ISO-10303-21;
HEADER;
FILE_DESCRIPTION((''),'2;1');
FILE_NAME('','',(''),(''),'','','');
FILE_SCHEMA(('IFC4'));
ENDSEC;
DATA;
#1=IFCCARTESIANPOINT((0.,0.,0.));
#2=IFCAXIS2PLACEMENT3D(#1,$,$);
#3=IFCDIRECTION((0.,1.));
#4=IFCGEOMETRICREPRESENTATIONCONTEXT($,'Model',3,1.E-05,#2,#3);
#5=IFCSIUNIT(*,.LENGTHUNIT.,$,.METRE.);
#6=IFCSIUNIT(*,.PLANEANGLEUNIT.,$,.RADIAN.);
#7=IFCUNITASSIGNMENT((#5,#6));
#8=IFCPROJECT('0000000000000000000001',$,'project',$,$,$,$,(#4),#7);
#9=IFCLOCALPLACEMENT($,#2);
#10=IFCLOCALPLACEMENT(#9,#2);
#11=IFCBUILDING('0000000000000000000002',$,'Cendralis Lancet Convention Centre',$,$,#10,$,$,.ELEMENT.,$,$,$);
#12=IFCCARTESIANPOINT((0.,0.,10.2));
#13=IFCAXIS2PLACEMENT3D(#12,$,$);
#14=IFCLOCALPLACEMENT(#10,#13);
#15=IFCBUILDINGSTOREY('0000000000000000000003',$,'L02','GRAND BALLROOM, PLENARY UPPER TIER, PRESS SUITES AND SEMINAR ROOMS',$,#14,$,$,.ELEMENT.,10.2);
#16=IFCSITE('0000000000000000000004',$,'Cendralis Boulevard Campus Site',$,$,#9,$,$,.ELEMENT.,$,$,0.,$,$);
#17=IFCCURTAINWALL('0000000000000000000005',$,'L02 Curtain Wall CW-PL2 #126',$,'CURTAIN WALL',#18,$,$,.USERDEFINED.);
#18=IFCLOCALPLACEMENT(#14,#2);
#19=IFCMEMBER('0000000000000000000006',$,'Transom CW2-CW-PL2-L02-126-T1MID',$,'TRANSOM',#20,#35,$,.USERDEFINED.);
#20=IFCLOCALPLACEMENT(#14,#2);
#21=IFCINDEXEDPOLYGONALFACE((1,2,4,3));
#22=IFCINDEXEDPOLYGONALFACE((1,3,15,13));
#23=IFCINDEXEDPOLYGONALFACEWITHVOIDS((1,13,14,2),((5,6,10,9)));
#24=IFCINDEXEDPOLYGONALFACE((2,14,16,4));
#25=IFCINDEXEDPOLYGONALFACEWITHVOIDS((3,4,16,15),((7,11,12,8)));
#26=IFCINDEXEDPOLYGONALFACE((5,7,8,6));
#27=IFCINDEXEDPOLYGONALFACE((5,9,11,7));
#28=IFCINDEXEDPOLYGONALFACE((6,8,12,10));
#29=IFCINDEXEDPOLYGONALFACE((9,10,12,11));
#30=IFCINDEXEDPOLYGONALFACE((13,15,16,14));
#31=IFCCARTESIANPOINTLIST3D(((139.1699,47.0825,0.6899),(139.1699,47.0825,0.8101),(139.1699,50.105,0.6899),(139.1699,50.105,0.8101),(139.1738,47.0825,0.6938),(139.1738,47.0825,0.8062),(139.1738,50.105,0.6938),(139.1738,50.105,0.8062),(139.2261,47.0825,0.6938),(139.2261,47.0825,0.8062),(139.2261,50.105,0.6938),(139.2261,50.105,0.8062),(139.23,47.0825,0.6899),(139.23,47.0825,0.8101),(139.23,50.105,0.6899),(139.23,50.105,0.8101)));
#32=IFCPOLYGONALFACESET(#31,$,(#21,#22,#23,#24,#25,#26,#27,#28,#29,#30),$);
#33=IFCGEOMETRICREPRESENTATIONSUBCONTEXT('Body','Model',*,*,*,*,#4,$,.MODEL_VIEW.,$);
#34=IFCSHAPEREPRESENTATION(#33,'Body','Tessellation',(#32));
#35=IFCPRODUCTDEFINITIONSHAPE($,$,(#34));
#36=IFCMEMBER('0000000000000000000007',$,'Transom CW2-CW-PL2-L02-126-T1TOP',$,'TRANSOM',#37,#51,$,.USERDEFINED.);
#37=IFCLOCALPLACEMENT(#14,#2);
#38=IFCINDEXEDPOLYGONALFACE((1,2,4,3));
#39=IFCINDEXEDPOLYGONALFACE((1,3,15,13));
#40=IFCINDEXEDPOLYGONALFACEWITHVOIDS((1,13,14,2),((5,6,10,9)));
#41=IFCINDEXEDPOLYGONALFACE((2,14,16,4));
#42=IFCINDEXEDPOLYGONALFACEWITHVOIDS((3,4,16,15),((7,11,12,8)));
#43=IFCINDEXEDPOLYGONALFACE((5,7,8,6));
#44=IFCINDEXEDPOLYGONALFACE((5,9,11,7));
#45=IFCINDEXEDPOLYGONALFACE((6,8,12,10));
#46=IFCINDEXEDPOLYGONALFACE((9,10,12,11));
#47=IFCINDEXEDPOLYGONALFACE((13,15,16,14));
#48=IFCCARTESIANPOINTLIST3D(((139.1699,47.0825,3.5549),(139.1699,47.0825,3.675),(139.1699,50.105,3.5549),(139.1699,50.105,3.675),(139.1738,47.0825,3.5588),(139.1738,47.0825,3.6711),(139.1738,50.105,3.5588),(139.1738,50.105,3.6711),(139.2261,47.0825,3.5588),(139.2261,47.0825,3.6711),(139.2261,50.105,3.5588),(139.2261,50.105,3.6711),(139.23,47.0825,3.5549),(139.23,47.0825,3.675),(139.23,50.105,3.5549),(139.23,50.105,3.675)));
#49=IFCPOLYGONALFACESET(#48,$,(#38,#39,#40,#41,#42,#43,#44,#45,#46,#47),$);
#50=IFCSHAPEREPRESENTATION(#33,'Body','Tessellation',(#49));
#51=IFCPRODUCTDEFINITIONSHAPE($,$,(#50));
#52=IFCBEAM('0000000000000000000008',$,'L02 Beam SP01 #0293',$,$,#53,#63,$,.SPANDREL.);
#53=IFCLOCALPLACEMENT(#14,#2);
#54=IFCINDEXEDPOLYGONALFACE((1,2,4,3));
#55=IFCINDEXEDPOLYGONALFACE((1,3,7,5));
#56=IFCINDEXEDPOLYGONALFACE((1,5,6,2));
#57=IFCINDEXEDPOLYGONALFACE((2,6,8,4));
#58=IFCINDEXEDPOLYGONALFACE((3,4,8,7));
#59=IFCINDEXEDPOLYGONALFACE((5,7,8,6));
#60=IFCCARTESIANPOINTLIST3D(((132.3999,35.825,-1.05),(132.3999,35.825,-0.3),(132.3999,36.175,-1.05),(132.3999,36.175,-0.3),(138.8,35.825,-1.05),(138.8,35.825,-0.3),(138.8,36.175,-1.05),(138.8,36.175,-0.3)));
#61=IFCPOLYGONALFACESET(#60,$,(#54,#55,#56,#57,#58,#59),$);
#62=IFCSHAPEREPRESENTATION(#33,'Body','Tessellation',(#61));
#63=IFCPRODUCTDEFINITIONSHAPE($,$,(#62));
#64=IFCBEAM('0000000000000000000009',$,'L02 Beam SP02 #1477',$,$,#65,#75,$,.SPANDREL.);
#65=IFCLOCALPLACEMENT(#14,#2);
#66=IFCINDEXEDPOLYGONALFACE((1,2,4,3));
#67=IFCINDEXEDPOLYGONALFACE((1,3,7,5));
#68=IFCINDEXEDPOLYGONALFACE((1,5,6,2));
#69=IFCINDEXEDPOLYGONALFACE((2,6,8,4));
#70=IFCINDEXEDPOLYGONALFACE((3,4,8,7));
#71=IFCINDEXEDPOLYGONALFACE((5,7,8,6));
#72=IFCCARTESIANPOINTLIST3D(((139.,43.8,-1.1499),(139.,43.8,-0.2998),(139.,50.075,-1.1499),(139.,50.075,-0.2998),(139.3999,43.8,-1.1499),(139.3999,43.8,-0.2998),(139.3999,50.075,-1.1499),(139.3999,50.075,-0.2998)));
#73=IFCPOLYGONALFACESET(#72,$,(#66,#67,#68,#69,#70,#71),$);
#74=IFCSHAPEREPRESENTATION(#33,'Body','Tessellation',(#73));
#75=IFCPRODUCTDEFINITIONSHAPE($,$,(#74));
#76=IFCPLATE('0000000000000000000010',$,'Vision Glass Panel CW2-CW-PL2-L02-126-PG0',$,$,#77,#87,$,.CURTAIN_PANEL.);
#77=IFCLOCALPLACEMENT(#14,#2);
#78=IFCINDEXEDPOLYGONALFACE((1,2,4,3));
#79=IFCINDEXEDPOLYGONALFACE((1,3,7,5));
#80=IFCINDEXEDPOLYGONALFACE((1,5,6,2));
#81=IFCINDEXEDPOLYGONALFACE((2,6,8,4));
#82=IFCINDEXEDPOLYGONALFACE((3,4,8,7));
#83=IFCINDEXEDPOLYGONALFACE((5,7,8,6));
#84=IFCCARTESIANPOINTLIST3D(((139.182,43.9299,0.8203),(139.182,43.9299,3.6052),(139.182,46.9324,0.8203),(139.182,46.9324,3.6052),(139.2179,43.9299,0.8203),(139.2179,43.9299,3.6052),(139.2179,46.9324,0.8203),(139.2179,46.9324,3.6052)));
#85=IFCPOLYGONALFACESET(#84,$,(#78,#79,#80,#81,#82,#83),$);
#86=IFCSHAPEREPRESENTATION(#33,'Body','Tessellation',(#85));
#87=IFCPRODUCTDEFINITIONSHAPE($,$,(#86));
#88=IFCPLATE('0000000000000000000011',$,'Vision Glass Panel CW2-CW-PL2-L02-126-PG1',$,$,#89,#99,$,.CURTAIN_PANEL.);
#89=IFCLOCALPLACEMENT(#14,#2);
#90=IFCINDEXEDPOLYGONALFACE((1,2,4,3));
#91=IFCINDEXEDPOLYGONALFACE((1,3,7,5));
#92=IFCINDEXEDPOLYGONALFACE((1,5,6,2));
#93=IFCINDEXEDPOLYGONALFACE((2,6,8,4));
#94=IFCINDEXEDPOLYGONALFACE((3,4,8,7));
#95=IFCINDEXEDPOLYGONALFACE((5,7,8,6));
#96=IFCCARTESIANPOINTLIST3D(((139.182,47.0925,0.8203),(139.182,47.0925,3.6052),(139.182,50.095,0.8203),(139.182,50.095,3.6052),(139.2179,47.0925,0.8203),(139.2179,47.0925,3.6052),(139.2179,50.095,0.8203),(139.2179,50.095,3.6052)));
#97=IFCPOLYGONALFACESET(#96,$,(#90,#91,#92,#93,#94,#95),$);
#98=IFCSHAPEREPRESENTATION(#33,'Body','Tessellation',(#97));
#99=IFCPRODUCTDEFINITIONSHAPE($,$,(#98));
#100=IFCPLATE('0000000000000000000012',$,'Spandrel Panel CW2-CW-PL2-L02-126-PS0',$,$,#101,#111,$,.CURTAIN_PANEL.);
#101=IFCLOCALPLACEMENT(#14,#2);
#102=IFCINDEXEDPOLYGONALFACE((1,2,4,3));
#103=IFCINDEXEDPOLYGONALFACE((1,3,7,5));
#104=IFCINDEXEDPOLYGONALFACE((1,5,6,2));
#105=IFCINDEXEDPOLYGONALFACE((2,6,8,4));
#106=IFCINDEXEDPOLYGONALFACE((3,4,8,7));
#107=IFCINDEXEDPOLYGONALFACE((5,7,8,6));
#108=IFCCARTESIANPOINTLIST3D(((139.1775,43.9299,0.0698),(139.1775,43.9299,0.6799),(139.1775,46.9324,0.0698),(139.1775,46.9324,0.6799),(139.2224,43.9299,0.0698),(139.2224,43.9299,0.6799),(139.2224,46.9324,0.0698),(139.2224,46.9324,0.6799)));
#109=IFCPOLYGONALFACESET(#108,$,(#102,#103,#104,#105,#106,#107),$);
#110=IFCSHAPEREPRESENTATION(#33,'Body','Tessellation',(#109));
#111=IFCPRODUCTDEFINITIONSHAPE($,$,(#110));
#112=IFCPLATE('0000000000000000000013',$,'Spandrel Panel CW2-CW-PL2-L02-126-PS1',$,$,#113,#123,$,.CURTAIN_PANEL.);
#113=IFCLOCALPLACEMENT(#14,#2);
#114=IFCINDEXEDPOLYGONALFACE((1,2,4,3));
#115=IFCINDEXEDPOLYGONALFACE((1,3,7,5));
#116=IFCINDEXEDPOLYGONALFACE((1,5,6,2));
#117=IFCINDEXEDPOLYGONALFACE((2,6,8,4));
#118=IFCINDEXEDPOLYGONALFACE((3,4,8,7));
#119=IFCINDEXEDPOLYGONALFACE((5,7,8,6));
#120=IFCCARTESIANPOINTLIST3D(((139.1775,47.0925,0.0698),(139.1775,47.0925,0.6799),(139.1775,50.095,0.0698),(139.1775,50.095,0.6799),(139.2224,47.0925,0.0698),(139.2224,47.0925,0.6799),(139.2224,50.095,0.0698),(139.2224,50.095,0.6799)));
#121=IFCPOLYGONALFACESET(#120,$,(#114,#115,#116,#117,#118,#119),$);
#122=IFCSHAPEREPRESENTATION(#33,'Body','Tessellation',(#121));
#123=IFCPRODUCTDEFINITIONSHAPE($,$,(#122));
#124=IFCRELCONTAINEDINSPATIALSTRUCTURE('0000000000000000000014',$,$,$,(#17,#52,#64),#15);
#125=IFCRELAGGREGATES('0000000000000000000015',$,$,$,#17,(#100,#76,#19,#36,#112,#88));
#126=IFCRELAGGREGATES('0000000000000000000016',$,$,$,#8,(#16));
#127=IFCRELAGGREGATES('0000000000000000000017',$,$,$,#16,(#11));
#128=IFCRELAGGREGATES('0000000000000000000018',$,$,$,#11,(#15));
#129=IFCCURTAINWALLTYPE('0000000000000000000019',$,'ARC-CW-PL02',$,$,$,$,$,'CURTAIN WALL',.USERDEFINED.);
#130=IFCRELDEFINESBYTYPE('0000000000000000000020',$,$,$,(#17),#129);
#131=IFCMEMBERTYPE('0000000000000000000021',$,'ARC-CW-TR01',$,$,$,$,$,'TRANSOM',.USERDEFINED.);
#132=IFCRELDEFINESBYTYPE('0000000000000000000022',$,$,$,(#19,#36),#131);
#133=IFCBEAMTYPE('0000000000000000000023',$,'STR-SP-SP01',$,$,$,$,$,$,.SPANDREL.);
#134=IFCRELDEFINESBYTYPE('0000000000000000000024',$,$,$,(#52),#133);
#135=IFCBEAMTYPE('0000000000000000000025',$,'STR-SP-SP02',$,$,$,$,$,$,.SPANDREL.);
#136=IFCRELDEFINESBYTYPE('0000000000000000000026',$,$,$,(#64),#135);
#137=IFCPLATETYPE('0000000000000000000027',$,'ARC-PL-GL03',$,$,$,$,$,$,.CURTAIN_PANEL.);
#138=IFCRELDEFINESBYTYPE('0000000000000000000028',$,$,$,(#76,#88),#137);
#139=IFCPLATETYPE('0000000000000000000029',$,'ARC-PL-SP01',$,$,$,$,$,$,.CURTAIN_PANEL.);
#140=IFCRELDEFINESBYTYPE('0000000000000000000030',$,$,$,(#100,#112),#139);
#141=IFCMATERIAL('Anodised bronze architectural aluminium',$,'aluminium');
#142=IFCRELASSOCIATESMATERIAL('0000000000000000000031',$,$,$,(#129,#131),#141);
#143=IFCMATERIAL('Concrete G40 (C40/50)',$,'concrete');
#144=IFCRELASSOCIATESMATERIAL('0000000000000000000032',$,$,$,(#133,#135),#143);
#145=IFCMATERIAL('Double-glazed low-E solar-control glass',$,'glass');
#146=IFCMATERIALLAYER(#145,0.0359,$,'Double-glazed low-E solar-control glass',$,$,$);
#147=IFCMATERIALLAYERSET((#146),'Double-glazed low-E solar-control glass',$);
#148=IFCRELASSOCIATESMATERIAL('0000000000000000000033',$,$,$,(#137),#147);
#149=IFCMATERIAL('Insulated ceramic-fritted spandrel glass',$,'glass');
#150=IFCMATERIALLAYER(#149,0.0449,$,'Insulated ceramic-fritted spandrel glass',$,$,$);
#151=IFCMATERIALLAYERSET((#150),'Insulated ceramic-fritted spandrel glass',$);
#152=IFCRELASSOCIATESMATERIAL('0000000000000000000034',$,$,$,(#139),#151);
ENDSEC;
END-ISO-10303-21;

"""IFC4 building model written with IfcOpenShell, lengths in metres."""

from ifc_helpers import new_model, si_unit, direction, frame, origin, origin_2d, place, context, subcontext, project, spatial, rectangle, hollow_rectangle, extrude, material, layer, layer_set, material_profile, profile_set, type_object, element, aggregate, save


model = new_model("IFC4")

# Units and contexts
model_context = context("Model", 3, precision=1e-05, world=origin(), true_north=direction((0.0, 1.0)))
body_context = subcontext(model_context, "Body", "Model", "MODEL_VIEW")
ifc_project = project(units=[si_unit("LENGTHUNIT", "METRE"), si_unit("PLANEANGLEUNIT", "RADIAN")], contexts=[model_context])

# Site, building, storey
site_placement = place(None, origin())
site = spatial("IfcSite", under=ifc_project, at=site_placement, Name="Cendralis Boulevard Campus Site", CompositionType="ELEMENT", RefElevation=0.0)
building_placement = place(site_placement, origin())
building = spatial("IfcBuilding", under=site, at=building_placement, Name="Cendralis Lancet Convention Centre", CompositionType="ELEMENT")
storey_placement = place(building_placement, frame((0.0, 0.0, 10.2)))
storey = spatial("IfcBuildingStorey", under=building, at=storey_placement, Name="L02", Description="GRAND BALLROOM, PLENARY UPPER TIER, PRESS SUITES AND SEMINAR ROOMS", CompositionType="ELEMENT", Elevation=10.2)

# Shared definitions
ifc_material_1 = material(Name="Concrete G40 (C40/50)", Category="concrete")

# Curtain wall, members
ifc_material_2 = material(Name="Anodised bronze architectural aluminium", Category="aluminium")
curtain_wall_type = type_object("IfcCurtainWallType", Name="ARC-CW-PL02", ElementType="CURTAIN WALL", PredefinedType="USERDEFINED", material=ifc_material_2)
curtain_wall_placement = place(storey_placement, origin())
curtain_wall = element("IfcCurtainWall", 1, at=curtain_wall_placement, inside=storey, type_object=curtain_wall_type, Name="L02 Curtain Wall CW-PL2 #126", ObjectType="CURTAIN WALL", PredefinedType="USERDEFINED")
ifc_material_profile_1 = material_profile(ifc_material_2, hollow_rectangle(XDim=0.0601, YDim=0.1201, WallThickness=0.0039, at=origin_2d()), Name="AL-TRAN 60x120x4.0")
ifc_profile_set_1 = profile_set([ifc_material_profile_1], Name="Anodised bronze architectural aluminium")
member_type_1 = type_object("IfcMemberType", Name="ARC-CW-TR01", ElementType="TRANSOM", PredefinedType="USERDEFINED", material=ifc_profile_set_1)
member_1_placement = place(storey_placement, frame((139.2, 47.0825, 0.75), z_axis=(0.0, 1.0, 0.0), x_axis=(-1.0, 0.0, 0.0)))
member_1 = element("IfcMember", 2, at=member_1_placement, type_object=member_type_1, Name="Transom CW2-CW-PL2-L02-126-T1MID", ObjectType="TRANSOM", PredefinedType="USERDEFINED", context=body_context, shape_type="SweptSolid", body=[
    extrude(hollow_rectangle(XDim=0.0601, YDim=0.1201, WallThickness=0.0039, at=origin_2d()), origin(), (0.0, 0.0, 1.0), 3.0225),
])
member_2_placement = place(storey_placement, frame((139.2, 47.0825, 3.615), z_axis=(0.0, 1.0, 0.0), x_axis=(-1.0, 0.0, 0.0)))
member_2 = element("IfcMember", 3, at=member_2_placement, type_object=member_type_1, Name="Transom CW2-CW-PL2-L02-126-T1TOP", ObjectType="TRANSOM", PredefinedType="USERDEFINED", context=body_context, shape_type="SweptSolid", body=[
    extrude(hollow_rectangle(XDim=0.0601, YDim=0.1201, WallThickness=0.0039, at=origin_2d()), origin(), (0.0, 0.0, 1.0), 3.0225),
])

# Beams
ifc_material_profile_2 = material_profile(ifc_material_1, rectangle(XDim=0.3501, YDim=0.75, at=origin_2d()), Name="RCB 350x750")
ifc_profile_set_2 = profile_set([ifc_material_profile_2], Name="Concrete G40 (C40/50)")
beam_type_1 = type_object("IfcBeamType", Name="STR-SP-SP01", PredefinedType="SPANDREL", material=ifc_profile_set_2)
beam_1_placement = place(storey_placement, frame((132.3999, 36.0, -0.675), z_axis=(1.0, 0.0, 0.0), x_axis=(0.0, 1.0, 0.0)))
element("IfcBeam", 4, at=beam_1_placement, inside=storey, type_object=beam_type_1, Name="L02 Beam SP01 #0293", PredefinedType="SPANDREL", context=body_context, shape_type="SweptSolid", body=[
    extrude(rectangle(XDim=0.3501, YDim=0.75, at=origin_2d()), origin(), (0.0, 0.0, 1.0), 6.4001),
])
ifc_material_profile_3 = material_profile(ifc_material_1, rectangle(XDim=0.3999, YDim=0.8501, at=origin_2d()), Name="RCB 400x850")
ifc_profile_set_3 = profile_set([ifc_material_profile_3], Name="Concrete G40 (C40/50)")
beam_type_2 = type_object("IfcBeamType", Name="STR-SP-SP02", PredefinedType="SPANDREL", material=ifc_profile_set_3)
beam_2_placement = place(storey_placement, frame((139.2, 43.8, -0.7249), z_axis=(0.0, 1.0, 0.0), x_axis=(-1.0, 0.0, 0.0)))
element("IfcBeam", 5, at=beam_2_placement, inside=storey, type_object=beam_type_2, Name="L02 Beam SP02 #1477", PredefinedType="SPANDREL", context=body_context, shape_type="SweptSolid", body=[
    extrude(rectangle(XDim=0.3999, YDim=0.8501, at=origin_2d()), origin(), (0.0, 0.0, 1.0), 6.2749),
])

# Plates
ifc_material_3 = material(Name="Double-glazed low-E solar-control glass", Category="glass")
ifc_layer_1 = layer(ifc_material_3, 0.0359, Name="Double-glazed low-E solar-control glass")
ifc_layer_set_1 = layer_set([ifc_layer_1], Name="Double-glazed low-E solar-control glass")
plate_type_1 = type_object("IfcPlateType", Name="ARC-PL-GL03", PredefinedType="CURTAIN_PANEL", material=ifc_layer_set_1)
plate_1_placement = place(storey_placement, frame((139.2, 45.4312, 0.8203), z_axis=(0.0, 0.0, 1.0), x_axis=(0.0, 1.0, 0.0)))
plate_1 = element("IfcPlate", 6, at=plate_1_placement, type_object=plate_type_1, Name="Vision Glass Panel CW2-CW-PL2-L02-126-PG0", PredefinedType="CURTAIN_PANEL", context=body_context, shape_type="SweptSolid", body=[
    extrude(rectangle(XDim=3.0024, YDim=0.0359, at=origin_2d()), origin(), (0.0, 0.0, 1.0), 2.7849),
])
plate_2_placement = place(storey_placement, frame((139.2, 48.5938, 0.8203), z_axis=(0.0, 0.0, 1.0), x_axis=(0.0, 1.0, 0.0)))
plate_2 = element("IfcPlate", 7, at=plate_2_placement, type_object=plate_type_1, Name="Vision Glass Panel CW2-CW-PL2-L02-126-PG1", PredefinedType="CURTAIN_PANEL", context=body_context, shape_type="SweptSolid", body=[
    extrude(rectangle(XDim=3.0024, YDim=0.0359, at=origin_2d()), origin(), (0.0, 0.0, 1.0), 2.7849),
])
ifc_material_4 = material(Name="Insulated ceramic-fritted spandrel glass", Category="glass")
ifc_layer_2 = layer(ifc_material_4, 0.0449, Name="Insulated ceramic-fritted spandrel glass")
ifc_layer_set_2 = layer_set([ifc_layer_2], Name="Insulated ceramic-fritted spandrel glass")
plate_type_2 = type_object("IfcPlateType", Name="ARC-PL-SP01", PredefinedType="CURTAIN_PANEL", material=ifc_layer_set_2)
plate_3_placement = place(storey_placement, frame((139.2, 45.4312, 0.0698), z_axis=(0.0, 0.0, 1.0), x_axis=(0.0, 1.0, 0.0)))
plate_3 = element("IfcPlate", 8, at=plate_3_placement, type_object=plate_type_2, Name="Spandrel Panel CW2-CW-PL2-L02-126-PS0", PredefinedType="CURTAIN_PANEL", context=body_context, shape_type="SweptSolid", body=[
    extrude(rectangle(XDim=3.0024, YDim=0.0449, at=origin_2d()), origin(), (0.0, 0.0, 1.0), 0.6101),
])
plate_4_placement = place(storey_placement, frame((139.2, 48.5938, 0.0698), z_axis=(0.0, 0.0, 1.0), x_axis=(0.0, 1.0, 0.0)))
plate_4 = element("IfcPlate", 9, at=plate_4_placement, type_object=plate_type_2, Name="Spandrel Panel CW2-CW-PL2-L02-126-PS1", PredefinedType="CURTAIN_PANEL", context=body_context, shape_type="SweptSolid", body=[
    extrude(rectangle(XDim=3.0024, YDim=0.0449, at=origin_2d()), origin(), (0.0, 0.0, 1.0), 0.6101),
])
aggregate(curtain_wall, [plate_3, plate_1, member_1, member_2, plate_4, plate_2])

save(model, "model.ifc")
